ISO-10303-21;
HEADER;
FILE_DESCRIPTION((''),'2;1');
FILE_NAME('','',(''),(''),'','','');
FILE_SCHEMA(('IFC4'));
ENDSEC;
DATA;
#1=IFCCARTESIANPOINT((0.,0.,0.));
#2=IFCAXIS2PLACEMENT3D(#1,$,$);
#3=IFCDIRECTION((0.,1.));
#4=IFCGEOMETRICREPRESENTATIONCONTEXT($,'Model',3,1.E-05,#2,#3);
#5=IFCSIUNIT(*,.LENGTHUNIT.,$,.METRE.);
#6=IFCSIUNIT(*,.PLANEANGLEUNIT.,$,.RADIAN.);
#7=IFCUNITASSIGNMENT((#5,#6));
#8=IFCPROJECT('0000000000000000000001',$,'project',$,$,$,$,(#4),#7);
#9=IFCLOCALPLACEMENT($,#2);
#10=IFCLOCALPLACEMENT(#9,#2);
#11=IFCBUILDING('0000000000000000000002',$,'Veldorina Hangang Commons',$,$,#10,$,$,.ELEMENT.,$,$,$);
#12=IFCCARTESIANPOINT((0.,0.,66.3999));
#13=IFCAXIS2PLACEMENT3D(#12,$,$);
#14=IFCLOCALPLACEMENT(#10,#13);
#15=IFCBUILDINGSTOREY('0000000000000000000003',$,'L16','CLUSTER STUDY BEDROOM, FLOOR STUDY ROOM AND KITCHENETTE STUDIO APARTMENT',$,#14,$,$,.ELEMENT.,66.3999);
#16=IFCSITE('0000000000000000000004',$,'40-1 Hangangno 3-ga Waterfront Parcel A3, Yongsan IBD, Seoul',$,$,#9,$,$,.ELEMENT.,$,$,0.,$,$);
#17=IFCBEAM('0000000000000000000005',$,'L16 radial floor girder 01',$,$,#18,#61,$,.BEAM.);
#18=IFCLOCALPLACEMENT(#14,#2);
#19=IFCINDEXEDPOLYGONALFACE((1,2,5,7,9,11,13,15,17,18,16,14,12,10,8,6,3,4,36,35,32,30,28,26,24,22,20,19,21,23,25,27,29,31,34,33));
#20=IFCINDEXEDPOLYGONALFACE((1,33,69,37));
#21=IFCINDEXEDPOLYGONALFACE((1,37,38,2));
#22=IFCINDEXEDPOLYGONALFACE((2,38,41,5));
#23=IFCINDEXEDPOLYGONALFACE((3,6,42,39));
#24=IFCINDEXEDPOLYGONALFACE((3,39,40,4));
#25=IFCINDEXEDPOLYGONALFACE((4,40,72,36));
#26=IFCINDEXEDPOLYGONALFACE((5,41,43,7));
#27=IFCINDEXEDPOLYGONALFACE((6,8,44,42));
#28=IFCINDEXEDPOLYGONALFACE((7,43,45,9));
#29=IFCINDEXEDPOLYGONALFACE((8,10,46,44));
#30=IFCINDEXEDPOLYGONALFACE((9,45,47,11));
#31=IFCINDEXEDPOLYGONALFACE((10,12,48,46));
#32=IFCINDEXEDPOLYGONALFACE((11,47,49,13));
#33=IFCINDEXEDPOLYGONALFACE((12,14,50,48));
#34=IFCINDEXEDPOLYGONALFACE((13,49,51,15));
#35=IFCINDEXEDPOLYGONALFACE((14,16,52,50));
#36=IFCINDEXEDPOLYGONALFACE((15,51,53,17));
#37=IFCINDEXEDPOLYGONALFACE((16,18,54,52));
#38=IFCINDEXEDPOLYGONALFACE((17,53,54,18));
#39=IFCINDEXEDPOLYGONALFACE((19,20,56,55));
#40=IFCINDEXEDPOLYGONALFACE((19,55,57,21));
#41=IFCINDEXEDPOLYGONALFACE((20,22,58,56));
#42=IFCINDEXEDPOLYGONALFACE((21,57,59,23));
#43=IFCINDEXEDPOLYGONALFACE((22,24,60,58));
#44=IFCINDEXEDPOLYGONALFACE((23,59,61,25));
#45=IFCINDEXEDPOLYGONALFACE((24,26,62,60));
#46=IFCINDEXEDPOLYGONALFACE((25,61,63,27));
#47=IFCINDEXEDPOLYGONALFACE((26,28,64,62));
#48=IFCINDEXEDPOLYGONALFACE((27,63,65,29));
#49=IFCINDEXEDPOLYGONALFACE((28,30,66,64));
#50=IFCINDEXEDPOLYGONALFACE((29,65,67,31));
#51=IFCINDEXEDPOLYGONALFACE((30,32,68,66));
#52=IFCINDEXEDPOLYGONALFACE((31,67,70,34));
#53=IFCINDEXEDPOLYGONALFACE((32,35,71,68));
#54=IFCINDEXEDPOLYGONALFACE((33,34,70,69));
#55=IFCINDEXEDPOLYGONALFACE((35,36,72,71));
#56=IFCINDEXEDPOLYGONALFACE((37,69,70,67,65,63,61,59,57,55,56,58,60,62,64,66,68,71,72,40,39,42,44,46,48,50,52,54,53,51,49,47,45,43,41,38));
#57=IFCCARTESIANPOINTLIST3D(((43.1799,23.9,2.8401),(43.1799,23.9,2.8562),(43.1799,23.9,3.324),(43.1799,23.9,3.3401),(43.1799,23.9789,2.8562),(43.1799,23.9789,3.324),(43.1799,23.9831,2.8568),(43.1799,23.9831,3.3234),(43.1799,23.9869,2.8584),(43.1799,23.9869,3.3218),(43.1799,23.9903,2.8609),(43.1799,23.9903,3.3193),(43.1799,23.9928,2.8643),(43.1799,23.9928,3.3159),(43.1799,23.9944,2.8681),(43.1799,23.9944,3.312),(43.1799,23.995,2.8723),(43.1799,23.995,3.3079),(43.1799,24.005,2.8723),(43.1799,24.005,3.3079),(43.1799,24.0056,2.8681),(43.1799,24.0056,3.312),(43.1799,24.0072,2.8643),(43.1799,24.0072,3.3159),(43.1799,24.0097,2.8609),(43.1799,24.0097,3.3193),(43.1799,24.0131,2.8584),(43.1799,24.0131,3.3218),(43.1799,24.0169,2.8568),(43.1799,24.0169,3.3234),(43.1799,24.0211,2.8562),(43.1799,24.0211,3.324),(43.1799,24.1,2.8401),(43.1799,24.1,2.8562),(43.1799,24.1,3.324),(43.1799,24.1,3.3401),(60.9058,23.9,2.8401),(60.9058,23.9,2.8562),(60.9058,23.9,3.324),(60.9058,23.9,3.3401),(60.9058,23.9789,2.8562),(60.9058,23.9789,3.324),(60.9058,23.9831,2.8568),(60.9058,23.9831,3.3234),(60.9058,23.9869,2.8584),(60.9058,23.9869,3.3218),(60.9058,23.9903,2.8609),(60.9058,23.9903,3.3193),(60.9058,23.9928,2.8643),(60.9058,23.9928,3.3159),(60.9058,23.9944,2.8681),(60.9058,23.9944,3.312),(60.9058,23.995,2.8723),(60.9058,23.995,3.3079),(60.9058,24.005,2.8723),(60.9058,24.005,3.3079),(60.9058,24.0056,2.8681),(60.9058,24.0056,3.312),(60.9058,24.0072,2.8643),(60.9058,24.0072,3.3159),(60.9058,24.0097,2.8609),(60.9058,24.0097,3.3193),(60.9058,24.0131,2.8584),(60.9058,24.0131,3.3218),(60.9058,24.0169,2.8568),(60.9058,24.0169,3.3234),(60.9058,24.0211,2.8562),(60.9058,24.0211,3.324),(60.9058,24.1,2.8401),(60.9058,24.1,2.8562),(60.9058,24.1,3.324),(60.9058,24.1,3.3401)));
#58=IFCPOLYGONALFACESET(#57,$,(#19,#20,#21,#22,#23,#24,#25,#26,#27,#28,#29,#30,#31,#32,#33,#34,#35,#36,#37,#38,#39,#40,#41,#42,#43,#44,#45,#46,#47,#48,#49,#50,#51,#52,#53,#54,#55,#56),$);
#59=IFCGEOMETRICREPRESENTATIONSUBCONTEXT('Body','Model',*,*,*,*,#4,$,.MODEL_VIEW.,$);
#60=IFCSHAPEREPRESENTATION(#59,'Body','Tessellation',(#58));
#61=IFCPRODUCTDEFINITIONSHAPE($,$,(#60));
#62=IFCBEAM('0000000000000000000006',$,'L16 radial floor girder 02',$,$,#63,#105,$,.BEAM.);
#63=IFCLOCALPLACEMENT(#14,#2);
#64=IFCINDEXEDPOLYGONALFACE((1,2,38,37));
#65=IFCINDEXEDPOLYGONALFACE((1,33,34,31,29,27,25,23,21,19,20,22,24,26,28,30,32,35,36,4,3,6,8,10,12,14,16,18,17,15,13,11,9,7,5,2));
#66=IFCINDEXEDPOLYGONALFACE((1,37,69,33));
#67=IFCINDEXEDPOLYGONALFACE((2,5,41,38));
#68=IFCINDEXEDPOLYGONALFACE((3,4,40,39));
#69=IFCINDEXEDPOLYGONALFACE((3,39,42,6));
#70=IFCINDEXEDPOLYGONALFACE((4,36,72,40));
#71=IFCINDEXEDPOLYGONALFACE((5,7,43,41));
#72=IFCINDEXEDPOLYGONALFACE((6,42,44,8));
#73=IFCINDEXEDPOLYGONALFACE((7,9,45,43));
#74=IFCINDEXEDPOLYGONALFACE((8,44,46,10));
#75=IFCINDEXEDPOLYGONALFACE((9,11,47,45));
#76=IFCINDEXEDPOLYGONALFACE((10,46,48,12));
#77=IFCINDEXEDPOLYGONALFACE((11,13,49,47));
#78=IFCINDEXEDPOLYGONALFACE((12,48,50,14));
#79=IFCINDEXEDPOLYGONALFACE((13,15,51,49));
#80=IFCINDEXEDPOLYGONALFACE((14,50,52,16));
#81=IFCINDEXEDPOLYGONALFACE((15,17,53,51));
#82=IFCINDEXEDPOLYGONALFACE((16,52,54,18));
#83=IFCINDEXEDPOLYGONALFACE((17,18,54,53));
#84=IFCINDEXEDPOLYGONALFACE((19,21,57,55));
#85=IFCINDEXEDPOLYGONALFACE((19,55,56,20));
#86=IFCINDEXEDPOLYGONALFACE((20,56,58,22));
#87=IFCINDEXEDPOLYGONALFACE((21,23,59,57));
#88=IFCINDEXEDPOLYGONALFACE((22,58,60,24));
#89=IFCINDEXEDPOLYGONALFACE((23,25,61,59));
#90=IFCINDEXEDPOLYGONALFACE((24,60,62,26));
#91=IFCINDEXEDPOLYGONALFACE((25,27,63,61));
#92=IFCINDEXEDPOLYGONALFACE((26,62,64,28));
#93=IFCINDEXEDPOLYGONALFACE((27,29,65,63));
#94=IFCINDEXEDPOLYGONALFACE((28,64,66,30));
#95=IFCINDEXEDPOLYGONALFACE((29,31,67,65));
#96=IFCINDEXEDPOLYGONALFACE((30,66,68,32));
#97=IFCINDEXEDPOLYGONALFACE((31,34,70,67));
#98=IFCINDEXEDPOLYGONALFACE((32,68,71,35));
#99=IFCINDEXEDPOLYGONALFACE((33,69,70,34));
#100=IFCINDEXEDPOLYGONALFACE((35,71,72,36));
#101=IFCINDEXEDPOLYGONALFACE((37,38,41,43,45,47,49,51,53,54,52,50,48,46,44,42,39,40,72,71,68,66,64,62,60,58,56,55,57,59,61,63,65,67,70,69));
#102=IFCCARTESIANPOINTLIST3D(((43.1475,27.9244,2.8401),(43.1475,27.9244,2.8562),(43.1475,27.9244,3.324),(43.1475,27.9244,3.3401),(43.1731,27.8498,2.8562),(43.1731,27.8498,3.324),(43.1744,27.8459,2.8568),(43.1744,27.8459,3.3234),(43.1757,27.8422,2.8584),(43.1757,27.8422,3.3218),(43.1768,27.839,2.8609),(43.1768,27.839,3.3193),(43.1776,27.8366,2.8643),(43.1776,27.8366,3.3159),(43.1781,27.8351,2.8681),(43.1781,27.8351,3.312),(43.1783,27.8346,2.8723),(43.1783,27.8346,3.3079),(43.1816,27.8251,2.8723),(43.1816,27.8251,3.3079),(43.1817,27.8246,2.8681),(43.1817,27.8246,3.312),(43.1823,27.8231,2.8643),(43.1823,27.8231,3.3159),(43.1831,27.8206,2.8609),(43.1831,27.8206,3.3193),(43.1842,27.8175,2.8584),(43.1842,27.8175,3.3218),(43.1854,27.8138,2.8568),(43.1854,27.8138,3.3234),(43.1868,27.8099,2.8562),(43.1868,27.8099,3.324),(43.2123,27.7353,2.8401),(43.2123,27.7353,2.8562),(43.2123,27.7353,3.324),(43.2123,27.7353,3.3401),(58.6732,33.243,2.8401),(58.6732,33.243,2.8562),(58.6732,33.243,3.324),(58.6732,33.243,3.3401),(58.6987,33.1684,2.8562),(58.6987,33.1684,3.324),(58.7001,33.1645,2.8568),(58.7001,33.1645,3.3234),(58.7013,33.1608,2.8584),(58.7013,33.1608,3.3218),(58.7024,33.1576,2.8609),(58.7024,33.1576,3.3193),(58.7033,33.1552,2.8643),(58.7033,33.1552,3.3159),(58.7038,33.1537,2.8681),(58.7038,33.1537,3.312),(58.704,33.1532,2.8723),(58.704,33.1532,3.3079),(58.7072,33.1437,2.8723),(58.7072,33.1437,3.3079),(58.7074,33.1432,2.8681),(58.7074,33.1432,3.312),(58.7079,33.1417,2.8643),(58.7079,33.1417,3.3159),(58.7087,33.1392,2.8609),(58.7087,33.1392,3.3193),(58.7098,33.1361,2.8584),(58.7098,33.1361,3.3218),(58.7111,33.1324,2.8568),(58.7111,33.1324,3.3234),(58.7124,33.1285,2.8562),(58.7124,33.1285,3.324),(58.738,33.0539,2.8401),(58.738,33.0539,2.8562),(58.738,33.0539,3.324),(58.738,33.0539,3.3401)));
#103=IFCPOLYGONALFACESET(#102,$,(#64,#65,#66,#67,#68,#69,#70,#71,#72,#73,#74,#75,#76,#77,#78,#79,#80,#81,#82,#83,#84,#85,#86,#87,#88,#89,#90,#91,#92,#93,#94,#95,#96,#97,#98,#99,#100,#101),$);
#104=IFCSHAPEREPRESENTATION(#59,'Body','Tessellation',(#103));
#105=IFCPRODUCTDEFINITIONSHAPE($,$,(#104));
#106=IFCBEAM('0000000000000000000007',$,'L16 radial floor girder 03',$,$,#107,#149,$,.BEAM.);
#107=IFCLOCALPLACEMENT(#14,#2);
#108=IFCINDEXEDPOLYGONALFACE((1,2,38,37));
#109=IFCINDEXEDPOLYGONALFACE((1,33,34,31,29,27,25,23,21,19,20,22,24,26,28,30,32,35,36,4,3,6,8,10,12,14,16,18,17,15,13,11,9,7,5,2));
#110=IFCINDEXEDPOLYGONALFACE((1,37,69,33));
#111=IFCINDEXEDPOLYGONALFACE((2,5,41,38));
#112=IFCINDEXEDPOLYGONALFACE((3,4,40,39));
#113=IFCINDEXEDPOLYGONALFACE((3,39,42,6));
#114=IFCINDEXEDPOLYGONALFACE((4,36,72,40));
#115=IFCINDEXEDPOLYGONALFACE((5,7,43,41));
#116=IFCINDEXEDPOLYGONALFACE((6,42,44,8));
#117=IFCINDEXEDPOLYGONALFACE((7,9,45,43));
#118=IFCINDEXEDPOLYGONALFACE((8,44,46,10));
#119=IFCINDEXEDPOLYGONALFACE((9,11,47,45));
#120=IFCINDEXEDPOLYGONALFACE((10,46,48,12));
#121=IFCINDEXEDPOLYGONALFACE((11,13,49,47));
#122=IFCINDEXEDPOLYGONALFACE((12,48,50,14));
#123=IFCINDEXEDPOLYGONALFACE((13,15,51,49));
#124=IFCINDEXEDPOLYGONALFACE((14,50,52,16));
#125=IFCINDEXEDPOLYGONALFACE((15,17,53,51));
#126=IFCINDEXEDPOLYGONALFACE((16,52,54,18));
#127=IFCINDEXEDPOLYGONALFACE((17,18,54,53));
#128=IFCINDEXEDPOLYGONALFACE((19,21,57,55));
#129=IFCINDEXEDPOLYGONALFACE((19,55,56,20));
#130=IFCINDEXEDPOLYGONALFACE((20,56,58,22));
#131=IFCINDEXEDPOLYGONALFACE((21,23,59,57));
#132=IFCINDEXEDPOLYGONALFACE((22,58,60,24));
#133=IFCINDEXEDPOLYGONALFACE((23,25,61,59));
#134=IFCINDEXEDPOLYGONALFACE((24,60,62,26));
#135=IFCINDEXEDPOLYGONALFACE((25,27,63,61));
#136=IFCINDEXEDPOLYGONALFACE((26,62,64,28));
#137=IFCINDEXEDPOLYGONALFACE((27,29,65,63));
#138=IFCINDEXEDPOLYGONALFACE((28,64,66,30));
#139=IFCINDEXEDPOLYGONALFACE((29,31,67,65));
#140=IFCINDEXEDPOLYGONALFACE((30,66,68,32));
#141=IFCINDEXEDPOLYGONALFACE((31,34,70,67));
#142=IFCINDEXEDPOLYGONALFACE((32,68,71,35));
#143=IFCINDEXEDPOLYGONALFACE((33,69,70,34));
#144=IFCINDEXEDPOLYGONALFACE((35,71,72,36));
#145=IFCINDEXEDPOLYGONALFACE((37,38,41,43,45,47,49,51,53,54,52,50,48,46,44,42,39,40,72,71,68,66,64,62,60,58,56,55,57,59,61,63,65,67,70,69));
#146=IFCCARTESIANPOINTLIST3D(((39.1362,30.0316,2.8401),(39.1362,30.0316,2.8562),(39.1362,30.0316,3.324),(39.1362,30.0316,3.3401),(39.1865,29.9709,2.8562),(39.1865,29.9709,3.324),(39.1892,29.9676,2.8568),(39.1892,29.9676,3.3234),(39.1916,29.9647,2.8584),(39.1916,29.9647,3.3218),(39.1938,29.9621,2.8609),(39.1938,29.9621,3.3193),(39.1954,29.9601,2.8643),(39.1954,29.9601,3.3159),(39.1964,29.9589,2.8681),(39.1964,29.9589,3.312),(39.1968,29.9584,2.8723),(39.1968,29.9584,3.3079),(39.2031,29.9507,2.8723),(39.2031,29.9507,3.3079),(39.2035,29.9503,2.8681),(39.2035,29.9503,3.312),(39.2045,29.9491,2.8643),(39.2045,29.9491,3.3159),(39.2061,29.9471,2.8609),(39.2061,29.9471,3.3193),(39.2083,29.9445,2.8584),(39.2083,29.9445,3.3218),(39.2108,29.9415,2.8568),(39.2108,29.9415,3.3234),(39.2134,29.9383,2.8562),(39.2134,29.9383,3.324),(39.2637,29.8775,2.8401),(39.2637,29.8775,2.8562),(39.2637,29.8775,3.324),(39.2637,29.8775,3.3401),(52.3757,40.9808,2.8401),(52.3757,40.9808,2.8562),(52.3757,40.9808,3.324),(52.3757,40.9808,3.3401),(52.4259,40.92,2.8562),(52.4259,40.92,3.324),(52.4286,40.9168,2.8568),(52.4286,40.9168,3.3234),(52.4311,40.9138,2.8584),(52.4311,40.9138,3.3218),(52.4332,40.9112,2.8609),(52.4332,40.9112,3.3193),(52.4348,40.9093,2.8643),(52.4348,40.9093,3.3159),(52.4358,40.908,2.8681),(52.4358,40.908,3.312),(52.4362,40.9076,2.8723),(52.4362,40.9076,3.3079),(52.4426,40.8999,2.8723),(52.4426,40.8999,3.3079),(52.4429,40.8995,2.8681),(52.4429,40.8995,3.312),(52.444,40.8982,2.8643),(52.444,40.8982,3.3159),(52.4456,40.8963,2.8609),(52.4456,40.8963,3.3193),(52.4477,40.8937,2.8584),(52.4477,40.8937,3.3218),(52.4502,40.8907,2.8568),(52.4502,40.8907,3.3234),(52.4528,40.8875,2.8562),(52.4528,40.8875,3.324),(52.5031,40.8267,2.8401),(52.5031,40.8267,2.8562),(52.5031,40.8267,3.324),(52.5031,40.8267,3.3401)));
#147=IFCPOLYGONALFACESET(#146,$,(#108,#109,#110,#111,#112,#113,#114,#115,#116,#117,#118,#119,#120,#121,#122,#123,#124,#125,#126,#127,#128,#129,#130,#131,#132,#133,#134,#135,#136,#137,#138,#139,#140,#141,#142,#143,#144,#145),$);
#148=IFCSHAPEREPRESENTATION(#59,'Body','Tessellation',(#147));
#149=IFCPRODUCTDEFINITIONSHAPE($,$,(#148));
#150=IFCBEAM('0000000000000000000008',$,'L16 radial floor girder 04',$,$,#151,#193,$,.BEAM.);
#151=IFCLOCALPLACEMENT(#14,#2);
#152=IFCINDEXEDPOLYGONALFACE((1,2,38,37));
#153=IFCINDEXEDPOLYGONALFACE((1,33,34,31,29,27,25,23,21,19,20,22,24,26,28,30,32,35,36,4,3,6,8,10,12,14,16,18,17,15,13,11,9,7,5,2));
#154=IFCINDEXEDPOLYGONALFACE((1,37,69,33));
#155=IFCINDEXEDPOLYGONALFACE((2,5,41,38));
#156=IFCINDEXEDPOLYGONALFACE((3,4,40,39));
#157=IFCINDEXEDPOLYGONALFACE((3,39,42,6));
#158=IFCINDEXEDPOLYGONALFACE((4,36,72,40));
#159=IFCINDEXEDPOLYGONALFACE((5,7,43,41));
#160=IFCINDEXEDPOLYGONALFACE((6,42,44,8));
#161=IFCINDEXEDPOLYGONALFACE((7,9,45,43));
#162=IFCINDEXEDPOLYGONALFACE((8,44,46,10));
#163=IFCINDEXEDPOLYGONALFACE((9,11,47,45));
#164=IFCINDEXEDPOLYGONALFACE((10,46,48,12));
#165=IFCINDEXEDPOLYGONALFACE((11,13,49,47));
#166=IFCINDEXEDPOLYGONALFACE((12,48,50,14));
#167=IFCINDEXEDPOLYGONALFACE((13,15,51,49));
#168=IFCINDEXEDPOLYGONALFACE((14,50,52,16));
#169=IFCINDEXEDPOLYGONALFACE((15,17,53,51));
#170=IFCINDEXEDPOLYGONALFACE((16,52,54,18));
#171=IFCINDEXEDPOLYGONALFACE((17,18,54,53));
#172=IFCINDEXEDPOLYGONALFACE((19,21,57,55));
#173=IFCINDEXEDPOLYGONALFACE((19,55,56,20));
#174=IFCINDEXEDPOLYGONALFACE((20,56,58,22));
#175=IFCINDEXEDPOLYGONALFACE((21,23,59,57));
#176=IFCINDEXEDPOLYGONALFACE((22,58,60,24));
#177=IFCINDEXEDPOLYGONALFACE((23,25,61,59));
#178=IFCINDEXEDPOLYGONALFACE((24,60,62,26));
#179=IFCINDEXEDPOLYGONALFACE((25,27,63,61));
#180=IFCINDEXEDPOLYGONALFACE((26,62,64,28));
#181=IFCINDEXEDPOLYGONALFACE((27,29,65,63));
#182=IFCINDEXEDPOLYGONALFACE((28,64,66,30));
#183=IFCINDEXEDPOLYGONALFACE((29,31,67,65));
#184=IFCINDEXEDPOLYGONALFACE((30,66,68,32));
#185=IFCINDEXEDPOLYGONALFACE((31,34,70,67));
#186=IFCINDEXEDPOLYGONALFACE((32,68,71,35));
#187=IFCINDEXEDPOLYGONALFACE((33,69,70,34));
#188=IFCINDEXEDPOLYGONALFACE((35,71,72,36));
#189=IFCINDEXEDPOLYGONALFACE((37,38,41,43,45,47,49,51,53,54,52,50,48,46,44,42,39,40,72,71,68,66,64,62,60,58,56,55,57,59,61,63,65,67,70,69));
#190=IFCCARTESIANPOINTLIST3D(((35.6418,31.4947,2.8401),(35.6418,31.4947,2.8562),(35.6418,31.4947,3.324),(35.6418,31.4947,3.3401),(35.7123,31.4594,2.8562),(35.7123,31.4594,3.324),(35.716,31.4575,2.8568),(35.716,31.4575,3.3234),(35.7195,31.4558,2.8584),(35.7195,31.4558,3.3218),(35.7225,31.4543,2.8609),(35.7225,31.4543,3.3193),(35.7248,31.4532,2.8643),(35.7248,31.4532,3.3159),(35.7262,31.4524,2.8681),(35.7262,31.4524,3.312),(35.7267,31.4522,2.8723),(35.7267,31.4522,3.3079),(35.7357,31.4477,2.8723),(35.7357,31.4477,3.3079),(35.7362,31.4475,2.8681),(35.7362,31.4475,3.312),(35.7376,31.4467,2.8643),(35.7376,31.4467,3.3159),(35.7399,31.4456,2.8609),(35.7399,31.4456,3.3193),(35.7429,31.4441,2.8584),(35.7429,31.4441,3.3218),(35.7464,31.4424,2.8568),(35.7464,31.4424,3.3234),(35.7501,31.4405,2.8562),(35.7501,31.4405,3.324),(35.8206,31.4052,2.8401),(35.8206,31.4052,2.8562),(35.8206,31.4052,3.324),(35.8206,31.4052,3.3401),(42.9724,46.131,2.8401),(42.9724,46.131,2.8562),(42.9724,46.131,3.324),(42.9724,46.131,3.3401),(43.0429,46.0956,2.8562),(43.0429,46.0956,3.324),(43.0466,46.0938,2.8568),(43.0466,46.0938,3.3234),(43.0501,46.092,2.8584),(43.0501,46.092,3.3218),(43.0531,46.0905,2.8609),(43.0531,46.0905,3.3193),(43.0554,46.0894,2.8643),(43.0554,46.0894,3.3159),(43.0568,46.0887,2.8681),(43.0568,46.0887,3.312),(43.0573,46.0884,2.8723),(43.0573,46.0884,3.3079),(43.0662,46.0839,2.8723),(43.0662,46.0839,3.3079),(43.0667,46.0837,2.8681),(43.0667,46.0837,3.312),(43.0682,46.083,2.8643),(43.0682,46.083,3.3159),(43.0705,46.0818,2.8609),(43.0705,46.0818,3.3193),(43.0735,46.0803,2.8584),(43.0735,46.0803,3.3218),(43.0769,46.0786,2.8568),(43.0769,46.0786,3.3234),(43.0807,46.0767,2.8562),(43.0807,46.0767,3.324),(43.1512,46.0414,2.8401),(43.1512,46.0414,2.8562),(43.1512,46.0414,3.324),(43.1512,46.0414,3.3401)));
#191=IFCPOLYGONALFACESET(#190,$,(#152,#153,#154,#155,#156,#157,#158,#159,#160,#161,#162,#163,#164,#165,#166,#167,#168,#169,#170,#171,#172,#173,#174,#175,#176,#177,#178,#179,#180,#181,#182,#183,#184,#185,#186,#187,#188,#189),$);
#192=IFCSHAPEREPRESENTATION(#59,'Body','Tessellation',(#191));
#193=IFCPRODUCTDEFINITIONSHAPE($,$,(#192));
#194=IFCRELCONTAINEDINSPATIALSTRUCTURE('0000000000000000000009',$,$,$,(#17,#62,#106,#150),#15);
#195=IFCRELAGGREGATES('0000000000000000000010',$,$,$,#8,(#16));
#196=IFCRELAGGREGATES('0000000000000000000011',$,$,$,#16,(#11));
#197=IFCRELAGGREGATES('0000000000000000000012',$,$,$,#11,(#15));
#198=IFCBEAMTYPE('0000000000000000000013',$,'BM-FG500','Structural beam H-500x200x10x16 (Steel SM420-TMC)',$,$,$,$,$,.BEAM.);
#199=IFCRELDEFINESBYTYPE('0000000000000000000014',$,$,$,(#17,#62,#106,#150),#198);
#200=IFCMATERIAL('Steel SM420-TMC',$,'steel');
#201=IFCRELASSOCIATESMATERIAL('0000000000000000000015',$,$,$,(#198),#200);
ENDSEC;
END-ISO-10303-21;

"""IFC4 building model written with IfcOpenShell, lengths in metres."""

from ifc_helpers import new_model, si_unit, direction, frame, origin, origin_2d, place, context, subcontext, project, spatial, i_section, extrude, material, material_profile, profile_set, type_object, element, save


model = new_model("IFC4")

# Units and contexts
model_context = context("Model", 3, precision=1e-05, world=origin(), true_north=direction((0.0, 1.0)))
body_context = subcontext(model_context, "Body", "Model", "MODEL_VIEW")
ifc_project = project(units=[si_unit("LENGTHUNIT", "METRE"), si_unit("PLANEANGLEUNIT", "RADIAN")], contexts=[model_context])

# Site, building, storey
site_placement = place(None, origin())
site = spatial("IfcSite", under=ifc_project, at=site_placement, Name="40-1 Hangangno 3-ga Waterfront Parcel A3, Yongsan IBD, Seoul", CompositionType="ELEMENT", RefElevation=0.0)
building_placement = place(site_placement, origin())
building = spatial("IfcBuilding", under=site, at=building_placement, Name="Veldorina Hangang Commons", CompositionType="ELEMENT")
storey_placement = place(building_placement, frame((0.0, 0.0, 66.3999)))
storey = spatial("IfcBuildingStorey", under=building, at=storey_placement, Name="L16", Description="CLUSTER STUDY BEDROOM, FLOOR STUDY ROOM AND KITCHENETTE STUDIO APARTMENT", CompositionType="ELEMENT", Elevation=66.3999)

# Beams
ifc_material_1 = material(Name="Steel SM420-TMC", Category="steel")
ifc_material_profile = material_profile(ifc_material_1, i_section(OverallWidth=0.2, OverallDepth=0.5, WebThickness=0.01, FlangeThickness=0.0161, FilletRadius=0.0161, at=origin_2d()), Name="H-500x200x10x16")
ifc_profile_set = profile_set([ifc_material_profile], Name="Steel SM420-TMC")
beam_type = type_object("IfcBeamType", Name="BM-FG500", Description="Structural beam H-500x200x10x16 (Steel SM420-TMC)", PredefinedType="BEAM", material=ifc_profile_set)
beam_1_placement = place(storey_placement, frame((43.1799, 24.0, 3.0901), z_axis=(1.0, 0.0, 0.0), x_axis=(0.0, 1.0, 0.0)))
element("IfcBeam", 1, at=beam_1_placement, inside=storey, type_object=beam_type, Name="L16 radial floor girder 01", PredefinedType="BEAM", context=body_context, shape_type="SweptSolid", body=[
    extrude(i_section(OverallWidth=0.2, OverallDepth=0.5, WebThickness=0.01, FlangeThickness=0.0161, FilletRadius=0.0161, at=origin_2d()), origin(), (0.0, 0.0, 1.0), 17.7258),
])
beam_2_placement = place(storey_placement, frame((43.1799, 27.8298, 3.0901), z_axis=(0.94603, 0.324081, 0.0), x_axis=(-0.324081, 0.94603, 0.0)))
element("IfcBeam", 2, at=beam_2_placement, inside=storey, type_object=beam_type, Name="L16 radial floor girder 02", PredefinedType="BEAM", context=body_context, shape_type="SweptSolid", body=[
    extrude(i_section(OverallWidth=0.2, OverallDepth=0.5, WebThickness=0.01, FlangeThickness=0.0161, FilletRadius=0.0161, at=origin_2d()), origin(), (0.0, 0.0, 1.0), 16.4114),
])
beam_3_placement = place(storey_placement, frame((39.2, 29.9546, 3.0901), z_axis=(0.770612, 0.637305, 0.0), x_axis=(-0.637305, 0.770612, 0.0)))
element("IfcBeam", 3, at=beam_3_placement, inside=storey, type_object=beam_type, Name="L16 radial floor girder 03", PredefinedType="BEAM", context=body_context, shape_type="SweptSolid", body=[
    extrude(i_section(OverallWidth=0.2, OverallDepth=0.5, WebThickness=0.01, FlangeThickness=0.0161, FilletRadius=0.0161, at=origin_2d()), origin(), (0.0, 0.0, 1.0), 17.1804),
])
beam_4_placement = place(storey_placement, frame((35.7312, 31.45, 3.0901), z_axis=(0.447822, 0.894123, 0.0), x_axis=(-0.894123, 0.447822, 0.0)))
element("IfcBeam", 4, at=beam_4_placement, inside=storey, type_object=beam_type, Name="L16 radial floor girder 04", PredefinedType="BEAM", context=body_context, shape_type="SweptSolid", body=[
    extrude(i_section(OverallWidth=0.2, OverallDepth=0.5, WebThickness=0.01, FlangeThickness=0.0161, FilletRadius=0.0161, at=origin_2d()), origin(), (0.0, 0.0, 1.0), 16.3694),
])

save(model, "model.ifc")
